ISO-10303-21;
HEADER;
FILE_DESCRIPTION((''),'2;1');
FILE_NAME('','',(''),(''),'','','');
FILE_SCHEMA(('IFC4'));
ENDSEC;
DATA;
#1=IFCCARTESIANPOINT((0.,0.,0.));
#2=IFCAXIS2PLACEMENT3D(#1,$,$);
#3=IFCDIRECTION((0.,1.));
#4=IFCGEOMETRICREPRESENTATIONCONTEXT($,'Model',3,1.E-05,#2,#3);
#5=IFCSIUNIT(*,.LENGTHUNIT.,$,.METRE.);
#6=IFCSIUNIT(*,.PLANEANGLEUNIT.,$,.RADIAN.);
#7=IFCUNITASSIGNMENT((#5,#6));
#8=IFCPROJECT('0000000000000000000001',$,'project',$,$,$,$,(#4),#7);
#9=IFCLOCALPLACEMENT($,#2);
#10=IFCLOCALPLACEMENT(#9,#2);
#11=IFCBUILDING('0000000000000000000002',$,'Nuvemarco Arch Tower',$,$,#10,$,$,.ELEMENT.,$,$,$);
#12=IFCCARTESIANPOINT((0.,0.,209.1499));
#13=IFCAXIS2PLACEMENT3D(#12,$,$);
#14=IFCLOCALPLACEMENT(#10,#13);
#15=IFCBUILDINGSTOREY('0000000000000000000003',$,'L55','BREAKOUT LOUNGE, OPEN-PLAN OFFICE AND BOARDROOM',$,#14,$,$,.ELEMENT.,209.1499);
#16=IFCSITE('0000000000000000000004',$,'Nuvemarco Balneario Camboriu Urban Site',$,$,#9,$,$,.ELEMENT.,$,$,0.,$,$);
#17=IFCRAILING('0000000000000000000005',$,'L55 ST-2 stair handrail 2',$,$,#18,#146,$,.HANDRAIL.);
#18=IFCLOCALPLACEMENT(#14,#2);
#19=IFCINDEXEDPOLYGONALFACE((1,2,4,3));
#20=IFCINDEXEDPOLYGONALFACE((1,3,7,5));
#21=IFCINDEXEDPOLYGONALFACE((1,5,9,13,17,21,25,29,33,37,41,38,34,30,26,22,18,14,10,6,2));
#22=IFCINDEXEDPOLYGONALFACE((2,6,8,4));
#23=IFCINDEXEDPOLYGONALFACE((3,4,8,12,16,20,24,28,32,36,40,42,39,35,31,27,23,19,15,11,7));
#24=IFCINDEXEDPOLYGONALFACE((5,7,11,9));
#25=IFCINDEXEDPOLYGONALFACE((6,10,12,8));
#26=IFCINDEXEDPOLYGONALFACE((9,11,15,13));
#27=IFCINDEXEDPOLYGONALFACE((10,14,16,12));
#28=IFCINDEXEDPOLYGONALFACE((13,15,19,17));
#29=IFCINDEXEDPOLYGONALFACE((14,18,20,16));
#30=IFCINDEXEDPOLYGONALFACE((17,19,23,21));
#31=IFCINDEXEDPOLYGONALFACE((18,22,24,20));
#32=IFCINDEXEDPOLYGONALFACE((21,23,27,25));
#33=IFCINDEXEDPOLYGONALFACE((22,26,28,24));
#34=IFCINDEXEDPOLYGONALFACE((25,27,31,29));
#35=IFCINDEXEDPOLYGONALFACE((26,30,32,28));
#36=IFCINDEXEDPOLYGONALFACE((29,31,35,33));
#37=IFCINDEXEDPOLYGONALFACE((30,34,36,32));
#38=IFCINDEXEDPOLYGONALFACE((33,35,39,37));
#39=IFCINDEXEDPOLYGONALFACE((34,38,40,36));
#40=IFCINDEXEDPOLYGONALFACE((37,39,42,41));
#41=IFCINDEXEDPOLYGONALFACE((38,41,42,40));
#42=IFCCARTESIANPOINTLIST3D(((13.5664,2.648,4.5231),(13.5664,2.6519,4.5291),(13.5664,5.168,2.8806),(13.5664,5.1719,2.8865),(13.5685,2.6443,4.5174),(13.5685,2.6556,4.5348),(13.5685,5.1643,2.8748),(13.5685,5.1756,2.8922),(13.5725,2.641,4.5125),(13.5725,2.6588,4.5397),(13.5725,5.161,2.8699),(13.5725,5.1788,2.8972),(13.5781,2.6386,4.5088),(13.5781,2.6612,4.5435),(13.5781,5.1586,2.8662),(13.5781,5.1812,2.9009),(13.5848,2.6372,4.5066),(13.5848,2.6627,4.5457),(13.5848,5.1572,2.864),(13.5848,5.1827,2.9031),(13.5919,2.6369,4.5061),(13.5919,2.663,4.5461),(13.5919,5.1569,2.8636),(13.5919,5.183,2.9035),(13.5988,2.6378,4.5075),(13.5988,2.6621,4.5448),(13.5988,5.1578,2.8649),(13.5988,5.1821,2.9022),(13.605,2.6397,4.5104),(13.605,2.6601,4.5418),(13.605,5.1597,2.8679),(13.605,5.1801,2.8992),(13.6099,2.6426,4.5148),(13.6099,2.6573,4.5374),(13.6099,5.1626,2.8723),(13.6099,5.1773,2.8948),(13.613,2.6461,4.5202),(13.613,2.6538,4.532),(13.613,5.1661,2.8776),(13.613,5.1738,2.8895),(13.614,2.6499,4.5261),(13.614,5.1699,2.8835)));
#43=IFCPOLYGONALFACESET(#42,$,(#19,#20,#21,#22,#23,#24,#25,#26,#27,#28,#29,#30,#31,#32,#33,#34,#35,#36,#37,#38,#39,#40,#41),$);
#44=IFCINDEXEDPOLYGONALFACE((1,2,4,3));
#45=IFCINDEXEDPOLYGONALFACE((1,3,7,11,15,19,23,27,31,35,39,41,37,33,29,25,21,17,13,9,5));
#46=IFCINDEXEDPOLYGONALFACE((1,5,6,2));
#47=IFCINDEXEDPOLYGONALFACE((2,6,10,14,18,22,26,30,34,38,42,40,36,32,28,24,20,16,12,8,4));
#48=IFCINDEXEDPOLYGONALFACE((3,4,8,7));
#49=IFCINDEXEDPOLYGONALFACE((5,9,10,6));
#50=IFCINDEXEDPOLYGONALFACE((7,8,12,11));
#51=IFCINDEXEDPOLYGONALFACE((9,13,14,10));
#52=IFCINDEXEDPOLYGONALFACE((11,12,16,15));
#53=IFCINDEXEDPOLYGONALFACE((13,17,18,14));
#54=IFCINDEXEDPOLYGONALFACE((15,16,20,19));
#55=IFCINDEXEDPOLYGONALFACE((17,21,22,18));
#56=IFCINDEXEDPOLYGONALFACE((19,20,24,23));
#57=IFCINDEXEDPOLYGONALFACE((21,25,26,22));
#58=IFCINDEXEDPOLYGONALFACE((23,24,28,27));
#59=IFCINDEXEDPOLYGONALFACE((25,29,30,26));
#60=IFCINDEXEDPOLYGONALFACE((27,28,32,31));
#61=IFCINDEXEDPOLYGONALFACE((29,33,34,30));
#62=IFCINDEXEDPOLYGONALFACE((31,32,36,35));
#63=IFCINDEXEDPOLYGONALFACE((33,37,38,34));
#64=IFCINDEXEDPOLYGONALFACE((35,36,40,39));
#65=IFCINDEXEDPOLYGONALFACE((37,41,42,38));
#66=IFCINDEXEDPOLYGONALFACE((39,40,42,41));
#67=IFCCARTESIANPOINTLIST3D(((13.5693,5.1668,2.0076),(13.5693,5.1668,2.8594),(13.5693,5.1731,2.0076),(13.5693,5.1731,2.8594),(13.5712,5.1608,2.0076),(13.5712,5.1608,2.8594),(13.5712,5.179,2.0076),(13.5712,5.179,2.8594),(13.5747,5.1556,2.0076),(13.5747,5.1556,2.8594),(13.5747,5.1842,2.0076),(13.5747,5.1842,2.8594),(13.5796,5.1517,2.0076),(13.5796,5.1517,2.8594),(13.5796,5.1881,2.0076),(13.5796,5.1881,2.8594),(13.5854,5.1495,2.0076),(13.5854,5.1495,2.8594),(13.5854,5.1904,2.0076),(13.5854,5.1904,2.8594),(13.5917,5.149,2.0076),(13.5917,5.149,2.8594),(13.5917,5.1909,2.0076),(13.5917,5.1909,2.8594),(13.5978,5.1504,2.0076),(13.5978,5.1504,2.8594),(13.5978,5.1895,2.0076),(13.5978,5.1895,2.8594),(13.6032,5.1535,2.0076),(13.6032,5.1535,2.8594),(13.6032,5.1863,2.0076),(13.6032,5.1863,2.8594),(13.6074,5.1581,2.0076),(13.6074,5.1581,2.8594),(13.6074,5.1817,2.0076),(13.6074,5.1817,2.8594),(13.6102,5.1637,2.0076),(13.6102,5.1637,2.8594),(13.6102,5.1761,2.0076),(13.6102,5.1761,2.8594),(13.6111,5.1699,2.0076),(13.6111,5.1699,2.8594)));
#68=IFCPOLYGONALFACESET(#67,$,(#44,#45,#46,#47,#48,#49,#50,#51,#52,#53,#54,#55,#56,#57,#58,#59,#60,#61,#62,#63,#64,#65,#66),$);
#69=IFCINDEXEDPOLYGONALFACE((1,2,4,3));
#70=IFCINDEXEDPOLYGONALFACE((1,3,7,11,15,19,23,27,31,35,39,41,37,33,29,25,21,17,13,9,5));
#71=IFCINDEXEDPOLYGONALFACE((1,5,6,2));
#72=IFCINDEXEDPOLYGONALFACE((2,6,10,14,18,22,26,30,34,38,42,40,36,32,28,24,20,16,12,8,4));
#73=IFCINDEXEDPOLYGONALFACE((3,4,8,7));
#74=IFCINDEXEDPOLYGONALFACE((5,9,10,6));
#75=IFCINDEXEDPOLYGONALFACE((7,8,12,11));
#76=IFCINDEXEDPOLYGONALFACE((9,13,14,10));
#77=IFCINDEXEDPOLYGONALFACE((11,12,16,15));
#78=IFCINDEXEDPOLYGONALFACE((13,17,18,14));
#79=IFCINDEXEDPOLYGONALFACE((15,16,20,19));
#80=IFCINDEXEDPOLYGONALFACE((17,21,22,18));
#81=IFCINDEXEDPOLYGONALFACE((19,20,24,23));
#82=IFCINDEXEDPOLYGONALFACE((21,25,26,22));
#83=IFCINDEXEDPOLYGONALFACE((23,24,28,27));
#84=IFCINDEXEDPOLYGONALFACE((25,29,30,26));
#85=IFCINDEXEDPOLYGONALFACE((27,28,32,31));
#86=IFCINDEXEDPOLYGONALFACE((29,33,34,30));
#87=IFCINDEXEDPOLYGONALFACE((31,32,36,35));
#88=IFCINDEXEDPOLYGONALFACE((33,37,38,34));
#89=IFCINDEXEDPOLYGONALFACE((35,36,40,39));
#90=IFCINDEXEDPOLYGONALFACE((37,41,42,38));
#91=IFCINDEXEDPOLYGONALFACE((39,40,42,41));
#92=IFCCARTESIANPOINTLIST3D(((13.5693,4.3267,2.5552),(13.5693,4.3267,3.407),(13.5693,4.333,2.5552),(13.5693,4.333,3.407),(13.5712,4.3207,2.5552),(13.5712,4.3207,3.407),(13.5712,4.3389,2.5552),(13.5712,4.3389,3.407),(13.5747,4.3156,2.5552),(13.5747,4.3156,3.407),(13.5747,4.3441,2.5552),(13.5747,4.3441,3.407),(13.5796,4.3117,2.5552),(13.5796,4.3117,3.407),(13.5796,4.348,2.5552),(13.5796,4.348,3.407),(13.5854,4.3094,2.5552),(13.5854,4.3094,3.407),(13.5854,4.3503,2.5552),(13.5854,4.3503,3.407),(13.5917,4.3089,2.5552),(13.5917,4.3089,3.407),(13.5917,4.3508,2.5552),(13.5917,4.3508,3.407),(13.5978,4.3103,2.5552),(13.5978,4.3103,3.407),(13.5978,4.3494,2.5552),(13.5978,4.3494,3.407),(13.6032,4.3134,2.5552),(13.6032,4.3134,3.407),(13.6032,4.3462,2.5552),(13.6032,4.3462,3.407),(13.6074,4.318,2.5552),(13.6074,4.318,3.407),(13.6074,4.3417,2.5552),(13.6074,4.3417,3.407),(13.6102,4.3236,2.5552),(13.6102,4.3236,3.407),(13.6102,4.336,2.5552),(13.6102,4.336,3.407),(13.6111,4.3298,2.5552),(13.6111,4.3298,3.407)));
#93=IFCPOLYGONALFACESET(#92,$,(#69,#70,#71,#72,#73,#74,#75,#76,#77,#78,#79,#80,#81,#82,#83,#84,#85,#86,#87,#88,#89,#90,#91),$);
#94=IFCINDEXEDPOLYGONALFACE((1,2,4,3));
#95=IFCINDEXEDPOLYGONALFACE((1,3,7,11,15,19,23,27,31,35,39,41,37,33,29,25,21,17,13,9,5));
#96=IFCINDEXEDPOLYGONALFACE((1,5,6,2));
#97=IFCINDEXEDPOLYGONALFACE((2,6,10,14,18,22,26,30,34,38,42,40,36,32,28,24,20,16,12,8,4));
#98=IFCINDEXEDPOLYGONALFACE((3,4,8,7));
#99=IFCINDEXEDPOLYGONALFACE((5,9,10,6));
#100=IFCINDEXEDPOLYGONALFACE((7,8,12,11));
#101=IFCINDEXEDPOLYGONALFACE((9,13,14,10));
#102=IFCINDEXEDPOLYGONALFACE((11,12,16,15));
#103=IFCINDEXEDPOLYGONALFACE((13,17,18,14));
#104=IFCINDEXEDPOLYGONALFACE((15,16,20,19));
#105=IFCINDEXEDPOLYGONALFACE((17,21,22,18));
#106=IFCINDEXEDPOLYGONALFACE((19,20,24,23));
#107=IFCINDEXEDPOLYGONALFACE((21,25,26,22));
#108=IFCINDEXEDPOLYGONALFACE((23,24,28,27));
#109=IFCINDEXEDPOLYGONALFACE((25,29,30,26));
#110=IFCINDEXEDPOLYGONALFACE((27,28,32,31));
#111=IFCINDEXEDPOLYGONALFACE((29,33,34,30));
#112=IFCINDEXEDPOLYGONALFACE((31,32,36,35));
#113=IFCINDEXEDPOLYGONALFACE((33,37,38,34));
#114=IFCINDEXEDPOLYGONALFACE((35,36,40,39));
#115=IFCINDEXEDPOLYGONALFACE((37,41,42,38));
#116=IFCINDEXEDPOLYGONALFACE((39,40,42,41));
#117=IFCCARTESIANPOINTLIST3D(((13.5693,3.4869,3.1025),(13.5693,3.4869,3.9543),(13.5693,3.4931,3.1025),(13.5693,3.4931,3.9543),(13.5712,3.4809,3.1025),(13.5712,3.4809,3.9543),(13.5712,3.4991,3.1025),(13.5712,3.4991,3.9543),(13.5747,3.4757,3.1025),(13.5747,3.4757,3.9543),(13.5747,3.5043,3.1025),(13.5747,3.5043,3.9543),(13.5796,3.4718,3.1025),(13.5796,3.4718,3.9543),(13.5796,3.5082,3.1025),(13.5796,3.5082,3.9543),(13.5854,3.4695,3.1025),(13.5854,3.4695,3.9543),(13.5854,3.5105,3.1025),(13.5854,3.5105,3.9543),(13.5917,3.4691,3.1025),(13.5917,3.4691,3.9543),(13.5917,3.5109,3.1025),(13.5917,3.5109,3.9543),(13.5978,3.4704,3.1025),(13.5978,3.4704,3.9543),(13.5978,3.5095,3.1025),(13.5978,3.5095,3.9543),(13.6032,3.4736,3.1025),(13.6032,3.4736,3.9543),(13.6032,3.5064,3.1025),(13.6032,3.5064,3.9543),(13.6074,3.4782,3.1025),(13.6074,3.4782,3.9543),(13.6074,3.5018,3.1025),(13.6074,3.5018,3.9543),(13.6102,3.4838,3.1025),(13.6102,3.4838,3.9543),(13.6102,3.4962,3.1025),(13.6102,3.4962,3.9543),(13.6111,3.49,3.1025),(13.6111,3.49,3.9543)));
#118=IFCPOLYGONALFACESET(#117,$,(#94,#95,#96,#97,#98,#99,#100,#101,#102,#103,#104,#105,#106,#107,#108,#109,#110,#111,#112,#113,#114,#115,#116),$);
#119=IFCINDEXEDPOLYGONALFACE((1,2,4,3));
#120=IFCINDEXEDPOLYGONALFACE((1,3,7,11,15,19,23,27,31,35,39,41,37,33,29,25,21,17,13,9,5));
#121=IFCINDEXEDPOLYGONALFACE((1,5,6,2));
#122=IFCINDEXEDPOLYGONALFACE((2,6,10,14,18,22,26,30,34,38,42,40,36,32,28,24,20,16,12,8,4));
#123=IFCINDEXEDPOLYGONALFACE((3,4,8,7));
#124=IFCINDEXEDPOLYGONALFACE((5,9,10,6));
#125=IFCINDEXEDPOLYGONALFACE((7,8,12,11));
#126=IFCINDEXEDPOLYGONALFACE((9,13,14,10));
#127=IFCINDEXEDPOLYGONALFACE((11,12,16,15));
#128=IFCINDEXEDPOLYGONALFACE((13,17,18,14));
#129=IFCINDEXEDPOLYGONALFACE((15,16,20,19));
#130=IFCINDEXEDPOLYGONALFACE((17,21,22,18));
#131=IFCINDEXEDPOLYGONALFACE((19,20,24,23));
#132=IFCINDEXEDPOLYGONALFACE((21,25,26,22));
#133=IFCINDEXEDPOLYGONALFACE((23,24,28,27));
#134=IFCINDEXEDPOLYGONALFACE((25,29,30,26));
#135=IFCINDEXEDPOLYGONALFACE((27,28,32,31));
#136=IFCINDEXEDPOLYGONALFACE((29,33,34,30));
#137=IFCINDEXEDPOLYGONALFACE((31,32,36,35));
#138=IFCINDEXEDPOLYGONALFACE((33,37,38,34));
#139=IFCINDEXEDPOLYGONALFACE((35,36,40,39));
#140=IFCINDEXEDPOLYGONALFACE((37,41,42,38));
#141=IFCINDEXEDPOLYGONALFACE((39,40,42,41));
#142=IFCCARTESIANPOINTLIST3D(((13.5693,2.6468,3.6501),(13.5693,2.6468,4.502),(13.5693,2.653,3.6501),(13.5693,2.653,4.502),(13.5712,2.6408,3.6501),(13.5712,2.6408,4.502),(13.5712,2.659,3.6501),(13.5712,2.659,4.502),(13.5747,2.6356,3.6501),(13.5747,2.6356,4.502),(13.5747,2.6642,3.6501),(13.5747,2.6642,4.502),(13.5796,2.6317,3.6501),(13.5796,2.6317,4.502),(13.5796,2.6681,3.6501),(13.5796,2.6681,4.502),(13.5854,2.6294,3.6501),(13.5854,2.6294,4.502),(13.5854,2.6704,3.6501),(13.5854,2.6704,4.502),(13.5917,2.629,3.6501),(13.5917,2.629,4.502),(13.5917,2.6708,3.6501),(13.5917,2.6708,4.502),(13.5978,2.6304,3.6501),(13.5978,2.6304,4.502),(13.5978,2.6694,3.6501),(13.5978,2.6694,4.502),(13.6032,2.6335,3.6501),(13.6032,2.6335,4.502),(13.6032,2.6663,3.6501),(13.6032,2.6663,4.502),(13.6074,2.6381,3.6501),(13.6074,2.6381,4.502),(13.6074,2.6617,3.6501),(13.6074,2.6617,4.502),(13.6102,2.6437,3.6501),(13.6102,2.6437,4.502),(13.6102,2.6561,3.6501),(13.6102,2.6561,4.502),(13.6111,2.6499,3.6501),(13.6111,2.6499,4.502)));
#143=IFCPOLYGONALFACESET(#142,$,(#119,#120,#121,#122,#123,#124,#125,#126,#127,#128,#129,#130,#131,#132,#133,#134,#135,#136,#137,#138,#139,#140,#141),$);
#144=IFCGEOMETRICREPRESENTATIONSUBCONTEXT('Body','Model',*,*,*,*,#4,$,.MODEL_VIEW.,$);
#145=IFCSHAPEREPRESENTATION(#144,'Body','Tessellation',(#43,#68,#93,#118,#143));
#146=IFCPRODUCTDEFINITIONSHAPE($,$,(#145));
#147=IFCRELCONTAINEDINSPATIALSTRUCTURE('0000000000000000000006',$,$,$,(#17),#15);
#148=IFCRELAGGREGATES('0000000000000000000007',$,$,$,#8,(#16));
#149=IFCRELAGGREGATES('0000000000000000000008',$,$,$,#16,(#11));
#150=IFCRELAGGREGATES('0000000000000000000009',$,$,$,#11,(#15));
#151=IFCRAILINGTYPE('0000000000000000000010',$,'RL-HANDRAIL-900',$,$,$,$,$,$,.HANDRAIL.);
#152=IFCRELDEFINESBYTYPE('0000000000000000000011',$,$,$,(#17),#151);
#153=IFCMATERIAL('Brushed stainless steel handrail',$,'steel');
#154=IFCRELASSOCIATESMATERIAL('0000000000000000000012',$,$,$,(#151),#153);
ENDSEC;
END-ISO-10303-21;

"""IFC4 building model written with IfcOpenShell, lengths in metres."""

from ifc_helpers import new_model, si_unit, direction, frame, origin, origin_2d, place, context, subcontext, project, spatial, circle, extrude, material, type_object, element, save


model = new_model("IFC4")

# Units and contexts
model_context = context("Model", 3, precision=1e-05, world=origin(), true_north=direction((0.0, 1.0)))
body_context = subcontext(model_context, "Body", "Model", "MODEL_VIEW")
ifc_project = project(units=[si_unit("LENGTHUNIT", "METRE"), si_unit("PLANEANGLEUNIT", "RADIAN")], contexts=[model_context])

# Site, building, storey
site_placement = place(None, origin())
site = spatial("IfcSite", under=ifc_project, at=site_placement, Name="Nuvemarco Balneario Camboriu Urban Site", CompositionType="ELEMENT", RefElevation=0.0)
building_placement = place(site_placement, origin())
building = spatial("IfcBuilding", under=site, at=building_placement, Name="Nuvemarco Arch Tower", CompositionType="ELEMENT")
storey_placement = place(building_placement, frame((0.0, 0.0, 209.1499)))
storey = spatial("IfcBuildingStorey", under=building, at=storey_placement, Name="L55", Description="BREAKOUT LOUNGE, OPEN-PLAN OFFICE AND BOARDROOM", CompositionType="ELEMENT", Elevation=209.1499)

# Railing
ifc_material_1 = material(Name="Brushed stainless steel handrail", Category="steel")
railing_type_1 = type_object("IfcRailingType", Name="RL-HANDRAIL-900", PredefinedType="HANDRAIL", material=ifc_material_1)
railing_1_placement = place(storey_placement, frame((13.5901, 5.1699, 2.0076)))
element("IfcRailing", 1, at=railing_1_placement, inside=storey, type_object=railing_type_1, Name="L55 ST-2 stair handrail 2", PredefinedType="HANDRAIL", context=body_context, shape_type="SweptSolid", body=[
    extrude(circle(Radius=0.0239, at=origin_2d()), frame((0.0, 0.0, 0.876), z_axis=(0.0, -0.837749, 0.546055), x_axis=(1.0, 0.0, 0.0)), (0.0, 0.0, 1.0), 3.0081),
    extrude(circle(Radius=0.021, at=origin_2d()), origin(), (0.0, 0.0, 1.0), 0.8518),
    extrude(circle(Radius=0.021, at=origin_2d()), frame((0.0, -0.8401, 0.5476)), (0.0, 0.0, 1.0), 0.8518),
    extrude(circle(Radius=0.021, at=origin_2d()), frame((0.0, -1.6799, 1.095)), (0.0, 0.0, 1.0), 0.8518),
    extrude(circle(Radius=0.021, at=origin_2d()), frame((0.0, -2.52, 1.6426)), (0.0, 0.0, 1.0), 0.8518),
])

save(model, "model.ifc")
